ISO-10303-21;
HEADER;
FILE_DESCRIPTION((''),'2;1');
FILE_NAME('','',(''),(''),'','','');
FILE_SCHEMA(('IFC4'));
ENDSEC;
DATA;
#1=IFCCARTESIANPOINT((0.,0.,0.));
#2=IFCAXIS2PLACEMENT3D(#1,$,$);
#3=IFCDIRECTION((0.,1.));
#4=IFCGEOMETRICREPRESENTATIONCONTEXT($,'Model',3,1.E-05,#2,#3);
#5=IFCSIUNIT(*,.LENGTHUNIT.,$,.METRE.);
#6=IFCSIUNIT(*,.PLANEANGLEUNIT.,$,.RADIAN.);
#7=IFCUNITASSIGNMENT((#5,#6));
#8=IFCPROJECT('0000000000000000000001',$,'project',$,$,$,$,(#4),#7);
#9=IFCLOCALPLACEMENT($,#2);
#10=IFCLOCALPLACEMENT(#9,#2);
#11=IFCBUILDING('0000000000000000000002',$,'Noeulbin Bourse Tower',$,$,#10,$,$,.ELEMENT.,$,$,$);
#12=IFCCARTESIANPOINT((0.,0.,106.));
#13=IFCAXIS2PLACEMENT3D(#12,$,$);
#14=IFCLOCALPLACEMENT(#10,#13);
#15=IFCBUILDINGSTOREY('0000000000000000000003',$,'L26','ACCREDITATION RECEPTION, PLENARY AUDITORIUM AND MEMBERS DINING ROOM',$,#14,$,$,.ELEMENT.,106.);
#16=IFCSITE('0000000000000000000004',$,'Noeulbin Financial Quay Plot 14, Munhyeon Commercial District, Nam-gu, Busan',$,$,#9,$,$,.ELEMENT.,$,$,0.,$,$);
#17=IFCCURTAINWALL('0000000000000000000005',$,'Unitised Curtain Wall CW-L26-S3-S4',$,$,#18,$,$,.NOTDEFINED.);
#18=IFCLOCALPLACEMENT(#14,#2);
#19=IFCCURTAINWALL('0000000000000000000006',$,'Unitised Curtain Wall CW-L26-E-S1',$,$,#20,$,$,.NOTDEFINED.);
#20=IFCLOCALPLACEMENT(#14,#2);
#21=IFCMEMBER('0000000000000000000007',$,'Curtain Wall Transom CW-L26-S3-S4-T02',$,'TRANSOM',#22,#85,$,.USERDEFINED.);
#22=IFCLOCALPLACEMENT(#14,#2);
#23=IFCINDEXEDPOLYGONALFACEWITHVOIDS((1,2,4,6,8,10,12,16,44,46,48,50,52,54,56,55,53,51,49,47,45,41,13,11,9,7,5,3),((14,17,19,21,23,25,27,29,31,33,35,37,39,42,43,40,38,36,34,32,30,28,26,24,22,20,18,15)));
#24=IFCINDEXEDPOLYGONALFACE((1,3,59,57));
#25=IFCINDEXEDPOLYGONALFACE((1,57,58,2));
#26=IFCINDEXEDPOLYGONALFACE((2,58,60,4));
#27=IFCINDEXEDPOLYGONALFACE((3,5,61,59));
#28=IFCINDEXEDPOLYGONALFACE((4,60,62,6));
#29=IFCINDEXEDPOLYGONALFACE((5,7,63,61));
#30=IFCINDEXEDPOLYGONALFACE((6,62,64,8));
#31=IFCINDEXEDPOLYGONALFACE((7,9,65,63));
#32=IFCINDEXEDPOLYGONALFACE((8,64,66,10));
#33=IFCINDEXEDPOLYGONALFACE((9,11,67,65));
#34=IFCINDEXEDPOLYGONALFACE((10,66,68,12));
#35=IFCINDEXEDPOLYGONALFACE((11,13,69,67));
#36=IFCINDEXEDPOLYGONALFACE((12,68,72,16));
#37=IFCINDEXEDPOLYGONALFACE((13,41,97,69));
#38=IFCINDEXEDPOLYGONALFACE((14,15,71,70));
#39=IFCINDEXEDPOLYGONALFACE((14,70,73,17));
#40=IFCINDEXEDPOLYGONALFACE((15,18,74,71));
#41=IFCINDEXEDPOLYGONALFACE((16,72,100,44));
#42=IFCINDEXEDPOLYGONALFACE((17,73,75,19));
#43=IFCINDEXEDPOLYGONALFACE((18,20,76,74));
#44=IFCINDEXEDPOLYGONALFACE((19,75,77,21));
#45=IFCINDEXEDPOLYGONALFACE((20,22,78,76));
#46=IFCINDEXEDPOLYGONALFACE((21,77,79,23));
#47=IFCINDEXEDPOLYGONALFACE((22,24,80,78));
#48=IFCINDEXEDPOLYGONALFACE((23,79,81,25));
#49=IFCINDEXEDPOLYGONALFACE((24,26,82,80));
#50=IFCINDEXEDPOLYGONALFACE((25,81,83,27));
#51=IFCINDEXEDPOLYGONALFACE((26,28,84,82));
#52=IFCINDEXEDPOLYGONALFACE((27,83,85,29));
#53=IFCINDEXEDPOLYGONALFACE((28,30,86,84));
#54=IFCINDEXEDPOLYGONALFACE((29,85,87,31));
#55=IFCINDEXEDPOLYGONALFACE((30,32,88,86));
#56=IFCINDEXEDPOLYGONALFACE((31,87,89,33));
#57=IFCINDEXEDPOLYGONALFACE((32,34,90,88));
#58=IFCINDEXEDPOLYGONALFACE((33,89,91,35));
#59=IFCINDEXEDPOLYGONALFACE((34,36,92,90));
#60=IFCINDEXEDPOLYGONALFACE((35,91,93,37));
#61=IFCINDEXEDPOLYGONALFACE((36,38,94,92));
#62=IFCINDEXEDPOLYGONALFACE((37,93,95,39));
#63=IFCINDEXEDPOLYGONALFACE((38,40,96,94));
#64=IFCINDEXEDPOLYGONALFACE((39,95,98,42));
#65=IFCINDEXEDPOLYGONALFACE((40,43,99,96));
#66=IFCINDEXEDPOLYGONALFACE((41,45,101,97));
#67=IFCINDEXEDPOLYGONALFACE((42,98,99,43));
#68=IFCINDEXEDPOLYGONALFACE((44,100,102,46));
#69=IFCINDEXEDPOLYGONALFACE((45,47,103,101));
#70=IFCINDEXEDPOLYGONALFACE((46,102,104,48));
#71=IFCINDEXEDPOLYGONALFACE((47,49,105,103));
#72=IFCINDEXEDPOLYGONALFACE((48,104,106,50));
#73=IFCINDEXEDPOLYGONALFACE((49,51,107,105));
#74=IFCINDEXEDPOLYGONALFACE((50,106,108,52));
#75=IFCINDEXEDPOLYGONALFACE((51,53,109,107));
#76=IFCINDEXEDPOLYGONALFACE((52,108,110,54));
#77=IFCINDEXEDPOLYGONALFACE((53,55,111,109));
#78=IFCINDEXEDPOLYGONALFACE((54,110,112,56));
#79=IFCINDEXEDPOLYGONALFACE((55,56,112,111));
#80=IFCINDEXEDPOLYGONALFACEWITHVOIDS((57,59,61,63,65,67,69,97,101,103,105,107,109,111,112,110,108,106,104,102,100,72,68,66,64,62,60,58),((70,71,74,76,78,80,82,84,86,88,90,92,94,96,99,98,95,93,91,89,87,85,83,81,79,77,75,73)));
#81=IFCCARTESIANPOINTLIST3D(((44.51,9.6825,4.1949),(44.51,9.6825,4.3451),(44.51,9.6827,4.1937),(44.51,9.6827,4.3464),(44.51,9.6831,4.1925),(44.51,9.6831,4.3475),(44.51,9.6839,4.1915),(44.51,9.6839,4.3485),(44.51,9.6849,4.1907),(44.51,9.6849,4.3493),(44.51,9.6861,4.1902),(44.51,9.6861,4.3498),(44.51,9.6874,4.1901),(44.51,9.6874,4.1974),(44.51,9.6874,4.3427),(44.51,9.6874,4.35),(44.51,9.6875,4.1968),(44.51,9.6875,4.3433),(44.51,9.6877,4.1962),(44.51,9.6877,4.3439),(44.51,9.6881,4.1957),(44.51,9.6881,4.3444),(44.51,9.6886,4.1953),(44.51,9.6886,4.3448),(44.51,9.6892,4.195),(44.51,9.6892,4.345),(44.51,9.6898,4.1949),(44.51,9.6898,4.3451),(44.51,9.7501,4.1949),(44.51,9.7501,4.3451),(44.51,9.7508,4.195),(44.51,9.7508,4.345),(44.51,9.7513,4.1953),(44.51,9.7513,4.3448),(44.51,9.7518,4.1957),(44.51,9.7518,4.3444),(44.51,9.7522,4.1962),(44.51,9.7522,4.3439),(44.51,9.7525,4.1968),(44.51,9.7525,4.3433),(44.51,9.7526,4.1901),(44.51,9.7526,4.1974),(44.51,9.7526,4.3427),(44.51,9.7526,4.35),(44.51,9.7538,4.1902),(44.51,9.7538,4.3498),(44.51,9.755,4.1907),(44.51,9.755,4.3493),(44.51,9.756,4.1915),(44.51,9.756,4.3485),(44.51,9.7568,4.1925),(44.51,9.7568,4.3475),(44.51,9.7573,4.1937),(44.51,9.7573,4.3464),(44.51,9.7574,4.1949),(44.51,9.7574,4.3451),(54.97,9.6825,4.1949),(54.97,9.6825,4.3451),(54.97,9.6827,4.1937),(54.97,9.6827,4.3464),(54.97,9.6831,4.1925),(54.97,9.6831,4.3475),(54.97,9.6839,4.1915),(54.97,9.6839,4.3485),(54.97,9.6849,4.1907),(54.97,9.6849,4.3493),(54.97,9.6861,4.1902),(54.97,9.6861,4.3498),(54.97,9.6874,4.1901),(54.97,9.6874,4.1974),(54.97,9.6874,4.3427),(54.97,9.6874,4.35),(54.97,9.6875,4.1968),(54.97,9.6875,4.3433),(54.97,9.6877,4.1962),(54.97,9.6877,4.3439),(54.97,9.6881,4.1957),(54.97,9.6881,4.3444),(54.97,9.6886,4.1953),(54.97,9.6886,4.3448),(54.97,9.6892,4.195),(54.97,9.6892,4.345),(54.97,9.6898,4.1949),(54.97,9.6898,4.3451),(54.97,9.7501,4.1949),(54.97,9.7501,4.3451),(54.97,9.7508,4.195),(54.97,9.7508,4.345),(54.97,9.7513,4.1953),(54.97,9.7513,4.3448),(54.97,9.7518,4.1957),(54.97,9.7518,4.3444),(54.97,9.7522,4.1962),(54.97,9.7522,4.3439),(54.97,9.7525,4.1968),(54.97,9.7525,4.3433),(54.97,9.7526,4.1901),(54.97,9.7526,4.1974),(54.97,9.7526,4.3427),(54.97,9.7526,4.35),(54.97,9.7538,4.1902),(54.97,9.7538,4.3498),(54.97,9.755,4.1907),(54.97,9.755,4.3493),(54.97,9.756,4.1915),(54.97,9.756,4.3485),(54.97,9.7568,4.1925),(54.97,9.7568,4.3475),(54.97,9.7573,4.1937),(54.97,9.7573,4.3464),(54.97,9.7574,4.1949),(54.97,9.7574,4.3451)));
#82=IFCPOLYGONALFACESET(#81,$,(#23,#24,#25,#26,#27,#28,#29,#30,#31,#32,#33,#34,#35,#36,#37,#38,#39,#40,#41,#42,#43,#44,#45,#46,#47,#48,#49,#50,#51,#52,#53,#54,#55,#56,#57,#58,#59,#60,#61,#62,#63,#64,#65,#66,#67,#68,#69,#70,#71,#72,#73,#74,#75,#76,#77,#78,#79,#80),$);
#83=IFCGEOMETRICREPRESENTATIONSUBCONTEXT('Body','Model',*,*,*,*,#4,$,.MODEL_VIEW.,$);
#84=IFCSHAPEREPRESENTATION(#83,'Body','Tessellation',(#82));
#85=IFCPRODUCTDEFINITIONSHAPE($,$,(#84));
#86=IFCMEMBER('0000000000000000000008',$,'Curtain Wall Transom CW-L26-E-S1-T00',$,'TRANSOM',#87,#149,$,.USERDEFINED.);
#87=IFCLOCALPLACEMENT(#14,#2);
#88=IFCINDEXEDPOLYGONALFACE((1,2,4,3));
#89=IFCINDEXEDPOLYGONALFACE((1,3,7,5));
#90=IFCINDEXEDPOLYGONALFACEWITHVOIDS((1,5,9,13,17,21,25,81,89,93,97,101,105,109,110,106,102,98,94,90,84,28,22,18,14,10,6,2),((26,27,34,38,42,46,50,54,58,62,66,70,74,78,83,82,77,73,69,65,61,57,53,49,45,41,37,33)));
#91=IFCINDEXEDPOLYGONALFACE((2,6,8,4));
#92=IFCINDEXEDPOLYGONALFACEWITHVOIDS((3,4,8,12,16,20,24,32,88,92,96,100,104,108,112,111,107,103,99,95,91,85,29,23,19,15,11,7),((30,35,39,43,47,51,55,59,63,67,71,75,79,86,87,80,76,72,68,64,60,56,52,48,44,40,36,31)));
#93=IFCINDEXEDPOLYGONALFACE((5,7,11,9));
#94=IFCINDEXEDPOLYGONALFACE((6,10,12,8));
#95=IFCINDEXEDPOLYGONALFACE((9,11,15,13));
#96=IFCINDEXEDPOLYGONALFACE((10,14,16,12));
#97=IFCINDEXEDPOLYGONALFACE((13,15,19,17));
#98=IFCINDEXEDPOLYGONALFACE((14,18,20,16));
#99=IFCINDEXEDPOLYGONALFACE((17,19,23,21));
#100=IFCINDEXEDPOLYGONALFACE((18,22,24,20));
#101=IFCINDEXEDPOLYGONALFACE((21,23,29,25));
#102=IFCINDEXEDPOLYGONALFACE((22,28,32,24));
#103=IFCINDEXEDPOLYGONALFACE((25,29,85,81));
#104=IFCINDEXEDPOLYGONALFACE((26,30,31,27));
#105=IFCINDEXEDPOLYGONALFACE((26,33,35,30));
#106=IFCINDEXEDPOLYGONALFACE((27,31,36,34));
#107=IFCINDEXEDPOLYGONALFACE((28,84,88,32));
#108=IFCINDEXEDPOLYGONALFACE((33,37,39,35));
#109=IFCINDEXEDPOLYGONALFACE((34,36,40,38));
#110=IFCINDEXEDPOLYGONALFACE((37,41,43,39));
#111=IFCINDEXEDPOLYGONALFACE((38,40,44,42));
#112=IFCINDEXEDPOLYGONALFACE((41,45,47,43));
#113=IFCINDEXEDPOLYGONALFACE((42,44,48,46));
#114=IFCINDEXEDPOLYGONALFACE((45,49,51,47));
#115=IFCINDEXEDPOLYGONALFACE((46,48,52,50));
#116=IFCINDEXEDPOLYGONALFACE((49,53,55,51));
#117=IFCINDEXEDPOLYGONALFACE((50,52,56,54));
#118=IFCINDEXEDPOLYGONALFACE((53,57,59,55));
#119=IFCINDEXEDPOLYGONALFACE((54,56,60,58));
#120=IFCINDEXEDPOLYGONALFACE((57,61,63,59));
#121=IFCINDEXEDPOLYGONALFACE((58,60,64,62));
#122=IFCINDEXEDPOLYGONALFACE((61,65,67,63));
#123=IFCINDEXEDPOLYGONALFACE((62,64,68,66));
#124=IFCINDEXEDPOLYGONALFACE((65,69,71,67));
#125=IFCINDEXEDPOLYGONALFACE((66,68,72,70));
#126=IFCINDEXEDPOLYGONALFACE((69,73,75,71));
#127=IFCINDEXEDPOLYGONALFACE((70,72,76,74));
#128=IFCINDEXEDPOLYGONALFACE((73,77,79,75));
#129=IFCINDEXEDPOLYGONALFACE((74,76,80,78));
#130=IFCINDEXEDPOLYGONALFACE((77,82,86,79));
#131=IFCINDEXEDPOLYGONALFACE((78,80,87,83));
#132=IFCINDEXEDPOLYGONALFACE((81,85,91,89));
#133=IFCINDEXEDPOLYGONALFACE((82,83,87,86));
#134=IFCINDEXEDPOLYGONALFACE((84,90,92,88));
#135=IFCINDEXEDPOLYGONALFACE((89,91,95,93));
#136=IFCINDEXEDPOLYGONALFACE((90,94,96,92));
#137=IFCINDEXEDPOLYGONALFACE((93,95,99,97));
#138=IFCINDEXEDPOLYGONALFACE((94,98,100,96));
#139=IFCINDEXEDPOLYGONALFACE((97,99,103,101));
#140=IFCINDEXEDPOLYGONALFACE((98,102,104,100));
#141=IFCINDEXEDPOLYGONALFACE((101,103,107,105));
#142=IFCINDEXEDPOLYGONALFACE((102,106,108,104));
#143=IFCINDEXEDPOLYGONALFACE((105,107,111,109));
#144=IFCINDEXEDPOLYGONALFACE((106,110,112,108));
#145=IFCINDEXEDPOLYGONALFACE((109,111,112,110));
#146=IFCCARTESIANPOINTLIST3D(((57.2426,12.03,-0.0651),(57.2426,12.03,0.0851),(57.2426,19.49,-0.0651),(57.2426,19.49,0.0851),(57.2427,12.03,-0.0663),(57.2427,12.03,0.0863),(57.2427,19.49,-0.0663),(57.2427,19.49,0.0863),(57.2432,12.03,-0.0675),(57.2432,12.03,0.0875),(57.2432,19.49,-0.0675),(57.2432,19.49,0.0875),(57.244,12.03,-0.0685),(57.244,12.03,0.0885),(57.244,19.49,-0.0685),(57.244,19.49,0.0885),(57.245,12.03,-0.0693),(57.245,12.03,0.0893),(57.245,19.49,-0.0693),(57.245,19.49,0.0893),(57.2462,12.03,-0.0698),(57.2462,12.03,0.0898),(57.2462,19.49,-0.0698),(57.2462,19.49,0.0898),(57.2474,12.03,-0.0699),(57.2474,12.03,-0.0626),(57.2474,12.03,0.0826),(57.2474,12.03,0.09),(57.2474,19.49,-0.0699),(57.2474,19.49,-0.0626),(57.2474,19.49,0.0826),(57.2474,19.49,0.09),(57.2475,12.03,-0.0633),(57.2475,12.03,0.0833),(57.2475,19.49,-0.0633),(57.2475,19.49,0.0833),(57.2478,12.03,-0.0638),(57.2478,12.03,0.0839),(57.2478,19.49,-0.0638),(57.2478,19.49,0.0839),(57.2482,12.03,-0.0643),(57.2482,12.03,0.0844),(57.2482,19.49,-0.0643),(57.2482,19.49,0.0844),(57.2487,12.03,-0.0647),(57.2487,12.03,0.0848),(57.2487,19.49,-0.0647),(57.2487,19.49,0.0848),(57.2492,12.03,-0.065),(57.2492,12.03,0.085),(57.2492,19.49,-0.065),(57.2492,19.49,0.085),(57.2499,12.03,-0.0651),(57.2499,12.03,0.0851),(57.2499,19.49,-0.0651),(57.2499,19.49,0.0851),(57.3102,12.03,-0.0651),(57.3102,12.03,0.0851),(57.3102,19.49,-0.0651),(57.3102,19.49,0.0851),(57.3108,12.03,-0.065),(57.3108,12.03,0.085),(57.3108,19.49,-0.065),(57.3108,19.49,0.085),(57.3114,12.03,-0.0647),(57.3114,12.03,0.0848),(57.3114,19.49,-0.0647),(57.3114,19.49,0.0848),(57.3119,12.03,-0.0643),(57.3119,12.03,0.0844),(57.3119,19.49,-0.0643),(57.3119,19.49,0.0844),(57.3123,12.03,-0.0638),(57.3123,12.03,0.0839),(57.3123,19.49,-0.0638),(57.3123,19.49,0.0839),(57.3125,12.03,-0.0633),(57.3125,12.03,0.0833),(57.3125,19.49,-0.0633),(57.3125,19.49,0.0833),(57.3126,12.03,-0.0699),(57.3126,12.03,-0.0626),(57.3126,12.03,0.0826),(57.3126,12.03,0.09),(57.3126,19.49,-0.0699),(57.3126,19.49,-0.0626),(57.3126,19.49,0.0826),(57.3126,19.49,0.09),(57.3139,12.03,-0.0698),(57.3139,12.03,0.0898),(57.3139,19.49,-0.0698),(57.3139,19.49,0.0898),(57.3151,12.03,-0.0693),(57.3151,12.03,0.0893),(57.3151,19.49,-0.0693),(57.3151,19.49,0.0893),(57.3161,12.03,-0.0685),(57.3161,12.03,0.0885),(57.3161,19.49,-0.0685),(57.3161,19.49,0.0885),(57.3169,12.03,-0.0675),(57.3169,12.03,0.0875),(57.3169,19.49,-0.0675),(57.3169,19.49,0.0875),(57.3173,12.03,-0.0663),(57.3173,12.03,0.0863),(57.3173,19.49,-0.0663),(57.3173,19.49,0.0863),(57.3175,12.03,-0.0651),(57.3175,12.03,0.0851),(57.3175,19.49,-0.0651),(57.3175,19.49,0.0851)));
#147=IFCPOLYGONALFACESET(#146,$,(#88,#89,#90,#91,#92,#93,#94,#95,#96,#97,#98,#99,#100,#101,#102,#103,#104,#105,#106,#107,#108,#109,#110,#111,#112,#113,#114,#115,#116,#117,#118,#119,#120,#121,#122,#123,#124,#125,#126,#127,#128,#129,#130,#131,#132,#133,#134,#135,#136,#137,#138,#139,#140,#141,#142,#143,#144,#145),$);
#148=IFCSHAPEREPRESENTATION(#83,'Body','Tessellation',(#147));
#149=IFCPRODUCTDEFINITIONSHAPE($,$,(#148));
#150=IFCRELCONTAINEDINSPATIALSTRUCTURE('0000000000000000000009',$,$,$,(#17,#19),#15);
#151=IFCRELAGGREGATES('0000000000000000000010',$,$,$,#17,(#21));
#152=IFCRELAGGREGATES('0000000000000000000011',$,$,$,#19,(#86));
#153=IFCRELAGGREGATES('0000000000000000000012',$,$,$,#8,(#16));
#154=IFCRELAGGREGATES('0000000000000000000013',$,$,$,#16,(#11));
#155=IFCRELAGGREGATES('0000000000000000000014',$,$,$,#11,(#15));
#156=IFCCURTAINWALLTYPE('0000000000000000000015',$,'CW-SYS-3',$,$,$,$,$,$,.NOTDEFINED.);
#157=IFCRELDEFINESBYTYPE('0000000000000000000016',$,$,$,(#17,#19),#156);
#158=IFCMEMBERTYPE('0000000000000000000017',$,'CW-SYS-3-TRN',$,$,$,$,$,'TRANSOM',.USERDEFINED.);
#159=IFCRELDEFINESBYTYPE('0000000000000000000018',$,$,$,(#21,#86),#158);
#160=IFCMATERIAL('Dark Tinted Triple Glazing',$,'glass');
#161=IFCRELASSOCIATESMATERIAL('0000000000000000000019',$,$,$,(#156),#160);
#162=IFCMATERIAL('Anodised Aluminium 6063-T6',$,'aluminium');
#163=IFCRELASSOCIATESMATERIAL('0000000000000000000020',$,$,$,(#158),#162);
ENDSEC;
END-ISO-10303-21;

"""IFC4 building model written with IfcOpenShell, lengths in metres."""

from ifc_helpers import new_model, si_unit, direction, frame, origin, origin_2d, place, context, subcontext, project, spatial, hollow_rectangle, extrude, material, material_profile, profile_set, type_object, element, aggregate, save


model = new_model("IFC4")

# Units and contexts
model_context = context("Model", 3, precision=1e-05, world=origin(), true_north=direction((0.0, 1.0)))
body_context = subcontext(model_context, "Body", "Model", "MODEL_VIEW")
ifc_project = project(units=[si_unit("LENGTHUNIT", "METRE"), si_unit("PLANEANGLEUNIT", "RADIAN")], contexts=[model_context])

# Site, building, storey
site_placement = place(None, origin())
site = spatial("IfcSite", under=ifc_project, at=site_placement, Name="Noeulbin Financial Quay Plot 14, Munhyeon Commercial District, Nam-gu, Busan", CompositionType="ELEMENT", RefElevation=0.0)
building_placement = place(site_placement, origin())
building = spatial("IfcBuilding", under=site, at=building_placement, Name="Noeulbin Bourse Tower", CompositionType="ELEMENT")
storey_placement = place(building_placement, frame((0.0, 0.0, 106.0)))
storey = spatial("IfcBuildingStorey", under=building, at=storey_placement, Name="L26", Description="ACCREDITATION RECEPTION, PLENARY AUDITORIUM AND MEMBERS DINING ROOM", CompositionType="ELEMENT", Elevation=106.0)

# Shared definitions
ifc_material_1 = material(Name="Dark Tinted Triple Glazing", Category="glass")
curtain_wall_type = type_object("IfcCurtainWallType", Name="CW-SYS-3", PredefinedType="NOTDEFINED", material=ifc_material_1)
ifc_material_2 = material(Name="Anodised Aluminium 6063-T6", Category="aluminium")

# Curtain walls
curtain_wall_1_placement = place(storey_placement, origin())
curtain_wall_1 = element("IfcCurtainWall", 1, at=curtain_wall_1_placement, inside=storey, type_object=curtain_wall_type, Name="Unitised Curtain Wall CW-L26-S3-S4", PredefinedType="NOTDEFINED")
curtain_wall_2_placement = place(storey_placement, origin())
curtain_wall_2 = element("IfcCurtainWall", 2, at=curtain_wall_2_placement, inside=storey, type_object=curtain_wall_type, Name="Unitised Curtain Wall CW-L26-E-S1", PredefinedType="NOTDEFINED")

# Members
ifc_material_profile_1 = material_profile(ifc_material_2, hollow_rectangle(XDim=0.075, YDim=0.1599, WallThickness=0.0049, InnerFilletRadius=0.0024, OuterFilletRadius=0.0049, at=origin_2d()), Name="ALU-TRAN-75x160x5", Category="LoadBearing")
ifc_profile_set_1 = profile_set([ifc_material_profile_1], Name="Anodised Aluminium 6063-T6")
member_type_1 = type_object("IfcMemberType", Name="CW-SYS-3-TRN", ElementType="TRANSOM", PredefinedType="USERDEFINED", material=ifc_profile_set_1)
member_1_placement = place(storey_placement, frame((44.51, 9.72, 4.27), z_axis=(1.0, 0.0, 0.0), x_axis=(0.0, 1.0, 0.0)))
member_1 = element("IfcMember", 3, at=member_1_placement, type_object=member_type_1, Name="Curtain Wall Transom CW-L26-S3-S4-T02", ObjectType="TRANSOM", PredefinedType="USERDEFINED", context=body_context, shape_type="SweptSolid", body=[
    extrude(hollow_rectangle(XDim=0.075, YDim=0.1599, WallThickness=0.0049, InnerFilletRadius=0.0024, OuterFilletRadius=0.0049, at=origin_2d()), origin(), (0.0, 0.0, 1.0), 10.46),
])
member_2_placement = place(storey_placement, frame((57.28, 12.03, 0.01), z_axis=(0.0, 1.0, 0.0), x_axis=(-1.0, 0.0, 0.0)))
member_2 = element("IfcMember", 4, at=member_2_placement, type_object=member_type_1, Name="Curtain Wall Transom CW-L26-E-S1-T00", ObjectType="TRANSOM", PredefinedType="USERDEFINED", context=body_context, shape_type="SweptSolid", body=[
    extrude(hollow_rectangle(XDim=0.075, YDim=0.1599, WallThickness=0.0049, InnerFilletRadius=0.0024, OuterFilletRadius=0.0049, at=origin_2d()), origin(), (0.0, 0.0, 1.0), 7.46),
])

aggregate(curtain_wall_1, [member_1])
aggregate(curtain_wall_2, [member_2])

save(model, "model.ifc")
